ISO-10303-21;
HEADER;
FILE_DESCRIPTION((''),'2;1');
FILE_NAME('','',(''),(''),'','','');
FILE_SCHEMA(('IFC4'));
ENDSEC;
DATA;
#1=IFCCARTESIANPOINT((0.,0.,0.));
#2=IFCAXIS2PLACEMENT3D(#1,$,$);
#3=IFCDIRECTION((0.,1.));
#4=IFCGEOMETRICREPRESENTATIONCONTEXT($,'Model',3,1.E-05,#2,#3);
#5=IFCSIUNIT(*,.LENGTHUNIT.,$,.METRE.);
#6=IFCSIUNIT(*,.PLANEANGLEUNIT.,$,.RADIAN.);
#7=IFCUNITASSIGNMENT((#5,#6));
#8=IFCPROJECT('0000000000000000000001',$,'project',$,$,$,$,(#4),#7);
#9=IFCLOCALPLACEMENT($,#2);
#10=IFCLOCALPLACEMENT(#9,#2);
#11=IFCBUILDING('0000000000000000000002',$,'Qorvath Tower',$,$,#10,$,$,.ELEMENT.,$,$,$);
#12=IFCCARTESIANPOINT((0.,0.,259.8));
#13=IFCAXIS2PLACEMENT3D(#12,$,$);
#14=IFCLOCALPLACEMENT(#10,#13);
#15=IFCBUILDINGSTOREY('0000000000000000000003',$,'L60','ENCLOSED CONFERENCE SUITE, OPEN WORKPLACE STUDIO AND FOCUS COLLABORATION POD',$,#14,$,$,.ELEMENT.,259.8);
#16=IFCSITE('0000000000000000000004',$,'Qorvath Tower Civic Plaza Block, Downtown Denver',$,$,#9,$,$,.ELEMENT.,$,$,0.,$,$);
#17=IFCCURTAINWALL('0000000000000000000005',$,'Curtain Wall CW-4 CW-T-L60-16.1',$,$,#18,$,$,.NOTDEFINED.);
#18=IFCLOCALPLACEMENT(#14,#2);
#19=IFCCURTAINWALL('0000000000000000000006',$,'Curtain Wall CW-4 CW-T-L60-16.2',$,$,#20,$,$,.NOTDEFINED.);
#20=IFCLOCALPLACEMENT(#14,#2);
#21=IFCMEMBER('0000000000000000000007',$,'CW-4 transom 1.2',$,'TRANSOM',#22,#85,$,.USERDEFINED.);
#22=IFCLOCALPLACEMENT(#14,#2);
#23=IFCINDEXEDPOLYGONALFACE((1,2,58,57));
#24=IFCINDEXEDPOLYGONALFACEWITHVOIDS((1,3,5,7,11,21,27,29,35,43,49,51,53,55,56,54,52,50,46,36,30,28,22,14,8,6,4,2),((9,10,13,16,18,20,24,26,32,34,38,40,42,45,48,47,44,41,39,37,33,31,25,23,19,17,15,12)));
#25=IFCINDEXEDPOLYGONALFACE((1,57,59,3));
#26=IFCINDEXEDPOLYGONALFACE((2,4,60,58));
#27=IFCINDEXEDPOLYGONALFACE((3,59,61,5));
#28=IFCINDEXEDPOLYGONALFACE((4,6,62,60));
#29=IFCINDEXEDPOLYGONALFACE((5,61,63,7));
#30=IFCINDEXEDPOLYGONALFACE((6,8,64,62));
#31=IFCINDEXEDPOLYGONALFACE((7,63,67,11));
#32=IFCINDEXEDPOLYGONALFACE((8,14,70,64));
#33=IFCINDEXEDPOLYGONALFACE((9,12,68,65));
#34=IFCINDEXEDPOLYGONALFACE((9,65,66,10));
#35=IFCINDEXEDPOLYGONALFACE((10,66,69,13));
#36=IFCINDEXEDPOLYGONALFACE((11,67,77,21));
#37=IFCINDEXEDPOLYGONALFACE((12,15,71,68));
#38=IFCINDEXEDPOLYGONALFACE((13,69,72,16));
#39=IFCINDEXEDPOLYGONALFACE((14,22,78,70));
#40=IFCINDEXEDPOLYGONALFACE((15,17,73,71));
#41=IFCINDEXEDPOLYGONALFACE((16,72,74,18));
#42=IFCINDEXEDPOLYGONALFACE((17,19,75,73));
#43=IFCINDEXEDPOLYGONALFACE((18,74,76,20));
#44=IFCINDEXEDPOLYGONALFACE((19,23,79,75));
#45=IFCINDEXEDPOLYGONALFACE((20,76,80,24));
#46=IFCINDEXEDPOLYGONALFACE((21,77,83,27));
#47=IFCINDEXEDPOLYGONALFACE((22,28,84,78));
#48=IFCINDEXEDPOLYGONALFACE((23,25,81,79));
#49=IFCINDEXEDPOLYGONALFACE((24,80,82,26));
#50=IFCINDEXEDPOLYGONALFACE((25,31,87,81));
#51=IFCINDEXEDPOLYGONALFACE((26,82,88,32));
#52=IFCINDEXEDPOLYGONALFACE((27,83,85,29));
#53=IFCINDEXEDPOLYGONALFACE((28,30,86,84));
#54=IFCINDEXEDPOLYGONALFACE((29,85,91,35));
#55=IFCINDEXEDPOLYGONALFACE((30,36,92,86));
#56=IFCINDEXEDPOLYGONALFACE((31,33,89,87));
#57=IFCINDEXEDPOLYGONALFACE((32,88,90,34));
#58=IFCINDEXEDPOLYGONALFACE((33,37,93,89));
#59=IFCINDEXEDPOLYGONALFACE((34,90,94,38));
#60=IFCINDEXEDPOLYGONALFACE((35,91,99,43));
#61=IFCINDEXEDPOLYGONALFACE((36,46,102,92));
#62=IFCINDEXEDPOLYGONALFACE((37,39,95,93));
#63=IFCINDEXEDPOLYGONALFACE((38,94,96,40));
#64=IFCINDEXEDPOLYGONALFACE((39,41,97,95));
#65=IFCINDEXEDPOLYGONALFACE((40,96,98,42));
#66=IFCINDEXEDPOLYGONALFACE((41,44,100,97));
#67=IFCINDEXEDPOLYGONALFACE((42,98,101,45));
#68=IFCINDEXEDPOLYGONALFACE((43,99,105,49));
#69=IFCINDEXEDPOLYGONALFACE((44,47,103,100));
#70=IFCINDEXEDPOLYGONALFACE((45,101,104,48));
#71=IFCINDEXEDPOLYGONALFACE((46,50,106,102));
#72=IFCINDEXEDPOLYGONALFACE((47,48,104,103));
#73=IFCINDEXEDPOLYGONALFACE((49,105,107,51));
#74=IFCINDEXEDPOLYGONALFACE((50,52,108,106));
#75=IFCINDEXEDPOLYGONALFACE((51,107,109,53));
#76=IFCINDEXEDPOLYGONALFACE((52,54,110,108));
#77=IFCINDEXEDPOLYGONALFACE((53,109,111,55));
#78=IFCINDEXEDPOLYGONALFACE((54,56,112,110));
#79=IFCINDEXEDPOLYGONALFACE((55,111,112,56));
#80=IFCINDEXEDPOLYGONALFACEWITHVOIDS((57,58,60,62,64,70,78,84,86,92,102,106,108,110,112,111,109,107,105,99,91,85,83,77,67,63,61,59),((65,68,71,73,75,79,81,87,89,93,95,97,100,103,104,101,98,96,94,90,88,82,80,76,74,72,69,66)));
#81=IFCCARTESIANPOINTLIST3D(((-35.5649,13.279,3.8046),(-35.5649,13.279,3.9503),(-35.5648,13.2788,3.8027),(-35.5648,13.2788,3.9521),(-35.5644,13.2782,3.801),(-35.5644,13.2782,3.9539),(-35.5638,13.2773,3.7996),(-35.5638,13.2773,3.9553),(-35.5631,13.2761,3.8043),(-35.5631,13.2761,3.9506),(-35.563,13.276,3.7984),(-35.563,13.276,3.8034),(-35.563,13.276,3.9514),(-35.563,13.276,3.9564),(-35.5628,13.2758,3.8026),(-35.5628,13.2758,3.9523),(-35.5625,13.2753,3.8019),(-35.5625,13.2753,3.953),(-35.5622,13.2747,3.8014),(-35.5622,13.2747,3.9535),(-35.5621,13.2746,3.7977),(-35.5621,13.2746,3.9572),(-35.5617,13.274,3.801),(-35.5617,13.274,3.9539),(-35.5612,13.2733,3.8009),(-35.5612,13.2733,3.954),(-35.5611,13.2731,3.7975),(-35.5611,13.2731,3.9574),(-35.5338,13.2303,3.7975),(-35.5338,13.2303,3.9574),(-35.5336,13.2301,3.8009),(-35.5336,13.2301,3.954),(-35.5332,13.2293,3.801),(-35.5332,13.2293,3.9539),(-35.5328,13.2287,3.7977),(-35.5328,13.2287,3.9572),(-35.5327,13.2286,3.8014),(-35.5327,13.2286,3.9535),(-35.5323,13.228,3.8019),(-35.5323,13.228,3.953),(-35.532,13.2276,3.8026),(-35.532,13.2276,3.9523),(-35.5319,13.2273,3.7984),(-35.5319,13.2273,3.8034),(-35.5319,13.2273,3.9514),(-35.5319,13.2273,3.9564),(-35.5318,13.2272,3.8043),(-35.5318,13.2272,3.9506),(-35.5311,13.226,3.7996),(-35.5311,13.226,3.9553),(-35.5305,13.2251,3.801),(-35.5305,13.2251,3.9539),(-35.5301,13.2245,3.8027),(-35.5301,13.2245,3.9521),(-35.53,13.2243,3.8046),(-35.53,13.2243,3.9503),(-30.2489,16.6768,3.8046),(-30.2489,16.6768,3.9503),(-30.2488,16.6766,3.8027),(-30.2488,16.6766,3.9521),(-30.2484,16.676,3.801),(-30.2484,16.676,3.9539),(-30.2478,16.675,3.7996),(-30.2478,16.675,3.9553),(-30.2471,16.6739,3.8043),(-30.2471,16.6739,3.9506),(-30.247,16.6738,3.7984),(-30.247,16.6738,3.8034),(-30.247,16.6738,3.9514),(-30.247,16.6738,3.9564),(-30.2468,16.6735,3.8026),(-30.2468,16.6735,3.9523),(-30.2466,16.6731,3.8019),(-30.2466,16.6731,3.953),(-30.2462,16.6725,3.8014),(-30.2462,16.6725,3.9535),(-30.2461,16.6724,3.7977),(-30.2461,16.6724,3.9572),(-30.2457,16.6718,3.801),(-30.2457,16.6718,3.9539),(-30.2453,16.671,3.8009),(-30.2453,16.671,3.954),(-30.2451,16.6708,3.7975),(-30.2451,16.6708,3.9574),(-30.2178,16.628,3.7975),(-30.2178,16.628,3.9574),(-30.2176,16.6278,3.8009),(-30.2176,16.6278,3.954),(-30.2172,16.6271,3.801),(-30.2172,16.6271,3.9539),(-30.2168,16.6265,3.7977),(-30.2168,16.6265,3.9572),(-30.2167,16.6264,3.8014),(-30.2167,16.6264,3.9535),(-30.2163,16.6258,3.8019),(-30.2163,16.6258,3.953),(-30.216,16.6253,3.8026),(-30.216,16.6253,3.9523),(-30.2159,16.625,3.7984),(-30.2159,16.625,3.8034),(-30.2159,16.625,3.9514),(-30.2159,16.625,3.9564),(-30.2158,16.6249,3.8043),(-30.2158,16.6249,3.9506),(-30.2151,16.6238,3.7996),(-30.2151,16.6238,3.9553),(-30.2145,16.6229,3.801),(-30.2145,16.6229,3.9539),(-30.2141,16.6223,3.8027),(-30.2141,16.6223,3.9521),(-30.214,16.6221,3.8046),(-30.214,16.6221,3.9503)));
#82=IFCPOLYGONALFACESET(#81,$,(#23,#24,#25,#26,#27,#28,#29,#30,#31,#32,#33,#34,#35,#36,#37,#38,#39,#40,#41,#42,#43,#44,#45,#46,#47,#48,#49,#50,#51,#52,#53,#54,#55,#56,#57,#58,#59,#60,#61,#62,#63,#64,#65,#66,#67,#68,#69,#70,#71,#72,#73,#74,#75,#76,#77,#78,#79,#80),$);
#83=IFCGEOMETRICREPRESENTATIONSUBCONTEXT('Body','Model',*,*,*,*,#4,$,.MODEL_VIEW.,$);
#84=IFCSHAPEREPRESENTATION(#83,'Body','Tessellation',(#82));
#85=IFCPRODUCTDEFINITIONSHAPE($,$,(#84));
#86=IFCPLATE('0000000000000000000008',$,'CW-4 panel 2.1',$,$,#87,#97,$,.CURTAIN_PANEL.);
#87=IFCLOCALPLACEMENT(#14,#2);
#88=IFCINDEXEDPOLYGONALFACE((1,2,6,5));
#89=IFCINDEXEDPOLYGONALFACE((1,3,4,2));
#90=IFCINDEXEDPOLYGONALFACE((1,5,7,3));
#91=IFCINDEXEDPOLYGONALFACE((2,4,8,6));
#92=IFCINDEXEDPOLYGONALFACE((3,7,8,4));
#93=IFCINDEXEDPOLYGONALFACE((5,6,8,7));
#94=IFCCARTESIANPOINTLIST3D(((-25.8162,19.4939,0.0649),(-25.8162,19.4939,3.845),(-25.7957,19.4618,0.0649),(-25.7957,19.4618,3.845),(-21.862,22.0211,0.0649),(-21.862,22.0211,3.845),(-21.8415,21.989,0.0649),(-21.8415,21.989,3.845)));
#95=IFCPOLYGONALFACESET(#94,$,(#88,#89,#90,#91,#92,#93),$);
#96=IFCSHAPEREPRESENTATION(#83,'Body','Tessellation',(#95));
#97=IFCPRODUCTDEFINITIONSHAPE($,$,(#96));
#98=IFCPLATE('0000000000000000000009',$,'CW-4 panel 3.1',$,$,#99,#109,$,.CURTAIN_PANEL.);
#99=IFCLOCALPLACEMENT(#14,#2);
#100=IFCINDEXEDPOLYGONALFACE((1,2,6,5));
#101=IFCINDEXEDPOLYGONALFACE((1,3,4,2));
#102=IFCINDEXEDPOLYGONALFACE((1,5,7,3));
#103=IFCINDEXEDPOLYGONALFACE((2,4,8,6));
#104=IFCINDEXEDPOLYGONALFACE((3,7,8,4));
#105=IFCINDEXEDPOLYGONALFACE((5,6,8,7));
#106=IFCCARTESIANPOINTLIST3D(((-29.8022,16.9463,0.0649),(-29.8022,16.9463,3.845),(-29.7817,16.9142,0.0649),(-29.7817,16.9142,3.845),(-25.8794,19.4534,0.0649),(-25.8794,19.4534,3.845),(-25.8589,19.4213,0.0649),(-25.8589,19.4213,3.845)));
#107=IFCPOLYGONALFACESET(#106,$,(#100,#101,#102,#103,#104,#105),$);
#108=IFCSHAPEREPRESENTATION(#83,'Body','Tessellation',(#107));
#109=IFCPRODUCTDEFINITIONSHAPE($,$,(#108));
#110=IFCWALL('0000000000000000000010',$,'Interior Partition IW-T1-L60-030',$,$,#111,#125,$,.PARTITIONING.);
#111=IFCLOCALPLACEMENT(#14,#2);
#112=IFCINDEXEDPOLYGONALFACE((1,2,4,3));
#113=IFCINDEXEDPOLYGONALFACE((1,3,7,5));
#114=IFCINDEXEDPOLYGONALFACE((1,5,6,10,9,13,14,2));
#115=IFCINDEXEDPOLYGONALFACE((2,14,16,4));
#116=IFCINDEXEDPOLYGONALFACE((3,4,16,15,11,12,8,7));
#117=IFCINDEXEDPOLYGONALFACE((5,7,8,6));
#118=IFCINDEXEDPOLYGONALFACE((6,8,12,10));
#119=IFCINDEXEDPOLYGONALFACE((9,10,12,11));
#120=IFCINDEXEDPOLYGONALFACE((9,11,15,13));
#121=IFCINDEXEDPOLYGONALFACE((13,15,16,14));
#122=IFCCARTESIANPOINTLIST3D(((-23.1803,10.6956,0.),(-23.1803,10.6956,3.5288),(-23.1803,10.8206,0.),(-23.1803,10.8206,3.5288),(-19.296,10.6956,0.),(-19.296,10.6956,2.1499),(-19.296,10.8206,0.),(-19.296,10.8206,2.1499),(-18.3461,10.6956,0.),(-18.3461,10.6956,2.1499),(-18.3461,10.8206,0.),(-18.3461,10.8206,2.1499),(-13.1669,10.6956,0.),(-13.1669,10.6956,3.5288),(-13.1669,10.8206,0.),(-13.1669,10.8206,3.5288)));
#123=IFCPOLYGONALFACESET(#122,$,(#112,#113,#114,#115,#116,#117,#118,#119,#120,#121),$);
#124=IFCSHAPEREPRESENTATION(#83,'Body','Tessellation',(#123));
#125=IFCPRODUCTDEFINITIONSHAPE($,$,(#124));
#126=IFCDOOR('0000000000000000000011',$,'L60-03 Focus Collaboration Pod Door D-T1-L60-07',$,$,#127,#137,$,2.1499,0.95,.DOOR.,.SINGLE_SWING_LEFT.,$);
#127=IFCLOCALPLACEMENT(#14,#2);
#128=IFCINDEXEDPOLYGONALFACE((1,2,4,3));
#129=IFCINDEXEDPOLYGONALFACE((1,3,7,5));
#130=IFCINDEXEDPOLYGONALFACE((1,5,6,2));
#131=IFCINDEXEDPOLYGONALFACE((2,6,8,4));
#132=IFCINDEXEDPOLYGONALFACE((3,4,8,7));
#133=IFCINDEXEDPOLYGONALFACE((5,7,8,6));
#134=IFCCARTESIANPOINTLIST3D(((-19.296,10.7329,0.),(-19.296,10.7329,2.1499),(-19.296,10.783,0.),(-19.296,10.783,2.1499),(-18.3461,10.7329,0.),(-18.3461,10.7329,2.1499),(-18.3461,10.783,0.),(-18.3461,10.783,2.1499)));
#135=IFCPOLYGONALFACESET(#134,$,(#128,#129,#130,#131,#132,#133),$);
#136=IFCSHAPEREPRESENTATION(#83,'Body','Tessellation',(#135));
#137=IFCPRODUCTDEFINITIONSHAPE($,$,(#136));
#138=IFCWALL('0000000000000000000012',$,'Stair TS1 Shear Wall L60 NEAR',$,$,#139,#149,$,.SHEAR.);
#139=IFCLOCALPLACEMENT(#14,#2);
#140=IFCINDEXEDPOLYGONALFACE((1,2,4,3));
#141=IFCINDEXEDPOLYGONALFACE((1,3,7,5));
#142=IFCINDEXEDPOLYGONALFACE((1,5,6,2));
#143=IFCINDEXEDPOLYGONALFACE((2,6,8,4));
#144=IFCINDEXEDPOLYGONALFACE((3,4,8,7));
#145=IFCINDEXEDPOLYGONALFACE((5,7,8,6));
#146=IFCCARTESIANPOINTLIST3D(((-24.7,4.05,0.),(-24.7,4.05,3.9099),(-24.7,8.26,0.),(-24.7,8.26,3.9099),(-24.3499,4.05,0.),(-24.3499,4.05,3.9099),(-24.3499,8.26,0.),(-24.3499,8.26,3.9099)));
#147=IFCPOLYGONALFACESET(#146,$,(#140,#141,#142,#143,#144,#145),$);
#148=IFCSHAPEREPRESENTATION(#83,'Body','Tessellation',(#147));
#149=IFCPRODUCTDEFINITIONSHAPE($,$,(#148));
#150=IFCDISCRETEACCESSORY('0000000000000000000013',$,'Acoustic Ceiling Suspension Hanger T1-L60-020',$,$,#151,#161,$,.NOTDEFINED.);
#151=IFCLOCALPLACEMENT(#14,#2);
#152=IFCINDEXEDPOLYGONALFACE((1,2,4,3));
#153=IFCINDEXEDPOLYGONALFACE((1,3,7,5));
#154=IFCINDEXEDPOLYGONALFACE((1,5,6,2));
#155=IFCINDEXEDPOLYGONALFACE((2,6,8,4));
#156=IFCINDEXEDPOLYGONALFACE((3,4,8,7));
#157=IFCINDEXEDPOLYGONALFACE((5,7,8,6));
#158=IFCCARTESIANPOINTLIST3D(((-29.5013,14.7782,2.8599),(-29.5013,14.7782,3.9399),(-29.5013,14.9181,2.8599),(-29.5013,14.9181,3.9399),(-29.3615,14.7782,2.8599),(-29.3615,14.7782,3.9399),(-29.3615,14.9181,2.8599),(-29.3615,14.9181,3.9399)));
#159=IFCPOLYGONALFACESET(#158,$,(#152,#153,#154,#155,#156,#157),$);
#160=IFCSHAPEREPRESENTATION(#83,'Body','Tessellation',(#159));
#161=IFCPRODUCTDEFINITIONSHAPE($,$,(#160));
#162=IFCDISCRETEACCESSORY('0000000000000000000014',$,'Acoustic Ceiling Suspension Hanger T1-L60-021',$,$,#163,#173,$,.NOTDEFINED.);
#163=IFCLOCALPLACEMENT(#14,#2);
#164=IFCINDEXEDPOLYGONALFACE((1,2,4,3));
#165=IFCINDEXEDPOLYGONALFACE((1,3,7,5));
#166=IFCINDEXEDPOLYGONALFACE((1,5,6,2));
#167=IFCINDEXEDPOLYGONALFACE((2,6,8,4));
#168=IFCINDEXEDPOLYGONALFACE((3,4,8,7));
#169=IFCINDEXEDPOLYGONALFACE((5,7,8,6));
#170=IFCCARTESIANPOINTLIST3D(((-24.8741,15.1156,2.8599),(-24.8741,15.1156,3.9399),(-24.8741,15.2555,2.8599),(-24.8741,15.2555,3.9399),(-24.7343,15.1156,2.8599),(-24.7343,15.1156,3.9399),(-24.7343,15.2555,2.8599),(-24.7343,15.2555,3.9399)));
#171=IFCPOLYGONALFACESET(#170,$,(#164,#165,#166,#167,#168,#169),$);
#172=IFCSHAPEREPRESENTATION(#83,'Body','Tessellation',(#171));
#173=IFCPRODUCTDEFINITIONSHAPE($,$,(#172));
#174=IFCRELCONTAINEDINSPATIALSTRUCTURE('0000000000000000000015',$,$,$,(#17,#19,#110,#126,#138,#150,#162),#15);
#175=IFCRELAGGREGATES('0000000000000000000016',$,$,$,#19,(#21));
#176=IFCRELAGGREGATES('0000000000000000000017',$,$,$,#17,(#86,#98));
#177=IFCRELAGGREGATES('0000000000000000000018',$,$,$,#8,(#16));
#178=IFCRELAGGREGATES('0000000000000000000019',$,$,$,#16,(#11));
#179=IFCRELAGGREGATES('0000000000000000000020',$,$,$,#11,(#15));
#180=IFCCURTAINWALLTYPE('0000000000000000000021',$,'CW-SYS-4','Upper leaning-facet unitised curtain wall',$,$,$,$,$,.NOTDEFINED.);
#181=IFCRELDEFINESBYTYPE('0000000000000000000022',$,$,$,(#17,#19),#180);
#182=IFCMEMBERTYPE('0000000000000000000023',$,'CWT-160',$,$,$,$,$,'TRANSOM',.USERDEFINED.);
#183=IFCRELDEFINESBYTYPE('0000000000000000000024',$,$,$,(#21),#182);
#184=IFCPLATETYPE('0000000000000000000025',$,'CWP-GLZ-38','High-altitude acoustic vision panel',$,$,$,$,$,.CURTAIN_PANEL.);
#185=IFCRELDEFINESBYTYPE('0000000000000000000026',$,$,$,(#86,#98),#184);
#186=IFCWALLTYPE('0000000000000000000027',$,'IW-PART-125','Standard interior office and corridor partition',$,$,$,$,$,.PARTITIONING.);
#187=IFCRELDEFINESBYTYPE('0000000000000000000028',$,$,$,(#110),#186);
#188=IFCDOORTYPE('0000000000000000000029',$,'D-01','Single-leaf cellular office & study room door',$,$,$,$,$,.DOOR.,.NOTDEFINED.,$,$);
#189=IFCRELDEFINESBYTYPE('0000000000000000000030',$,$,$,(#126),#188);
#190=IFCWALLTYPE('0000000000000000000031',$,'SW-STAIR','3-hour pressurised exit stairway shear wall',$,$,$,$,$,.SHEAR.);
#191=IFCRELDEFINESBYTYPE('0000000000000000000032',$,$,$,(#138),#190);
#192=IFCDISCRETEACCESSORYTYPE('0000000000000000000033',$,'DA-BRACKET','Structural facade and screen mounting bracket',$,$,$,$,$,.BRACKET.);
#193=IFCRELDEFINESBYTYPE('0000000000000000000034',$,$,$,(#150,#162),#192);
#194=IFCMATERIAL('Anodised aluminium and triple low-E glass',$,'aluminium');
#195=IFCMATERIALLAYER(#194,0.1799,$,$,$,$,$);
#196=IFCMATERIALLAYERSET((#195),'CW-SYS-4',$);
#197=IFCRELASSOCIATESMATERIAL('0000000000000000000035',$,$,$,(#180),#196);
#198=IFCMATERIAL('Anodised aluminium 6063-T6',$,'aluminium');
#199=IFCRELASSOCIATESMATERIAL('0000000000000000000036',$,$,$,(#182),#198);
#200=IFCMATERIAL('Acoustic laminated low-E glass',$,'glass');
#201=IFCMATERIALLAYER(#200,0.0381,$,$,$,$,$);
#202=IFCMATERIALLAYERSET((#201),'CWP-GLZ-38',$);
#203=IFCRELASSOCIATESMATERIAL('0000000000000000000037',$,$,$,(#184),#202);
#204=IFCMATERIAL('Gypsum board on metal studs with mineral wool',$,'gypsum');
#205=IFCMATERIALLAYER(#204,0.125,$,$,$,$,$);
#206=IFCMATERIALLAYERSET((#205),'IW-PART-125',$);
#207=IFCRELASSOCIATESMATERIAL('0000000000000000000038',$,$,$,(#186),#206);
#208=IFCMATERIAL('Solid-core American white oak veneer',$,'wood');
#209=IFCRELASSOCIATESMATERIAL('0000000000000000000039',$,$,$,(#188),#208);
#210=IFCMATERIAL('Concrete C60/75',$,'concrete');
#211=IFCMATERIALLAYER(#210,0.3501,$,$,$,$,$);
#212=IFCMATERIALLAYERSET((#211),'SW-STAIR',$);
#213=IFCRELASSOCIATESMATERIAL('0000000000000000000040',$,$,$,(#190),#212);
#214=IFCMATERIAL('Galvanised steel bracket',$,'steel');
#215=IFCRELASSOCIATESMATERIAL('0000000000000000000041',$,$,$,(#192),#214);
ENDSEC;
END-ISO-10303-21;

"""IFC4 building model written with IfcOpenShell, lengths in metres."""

from ifc_helpers import new_model, si_unit, direction, frame, frame_2d, origin, origin_2d, place, context, subcontext, project, spatial, rectangle, hollow_rectangle, extrude, material, layer, layer_set, material_profile, profile_set, type_object, element, fill, aggregate, save


model = new_model("IFC4")

# Units and contexts
model_context = context("Model", 3, precision=1e-05, world=origin(), true_north=direction((0.0, 1.0)))
body_context = subcontext(model_context, "Body", "Model", "MODEL_VIEW")
ifc_project = project(units=[si_unit("LENGTHUNIT", "METRE"), si_unit("PLANEANGLEUNIT", "RADIAN")], contexts=[model_context])

# Site, building, storey
site_placement = place(None, origin())
site = spatial("IfcSite", under=ifc_project, at=site_placement, Name="Qorvath Tower Civic Plaza Block, Downtown Denver", CompositionType="ELEMENT", RefElevation=0.0)
building_placement = place(site_placement, origin())
building = spatial("IfcBuilding", under=site, at=building_placement, Name="Qorvath Tower", CompositionType="ELEMENT")
storey_placement = place(building_placement, frame((0.0, 0.0, 259.8)))
storey = spatial("IfcBuildingStorey", under=building, at=storey_placement, Name="L60", Description="ENCLOSED CONFERENCE SUITE, OPEN WORKPLACE STUDIO AND FOCUS COLLABORATION POD", CompositionType="ELEMENT", Elevation=259.8)

# Curtain wall
ifc_material_1 = material(Name="Anodised aluminium and triple low-E glass", Category="aluminium")
ifc_layer_1 = layer(ifc_material_1, 0.1799)
ifc_layer_set_1 = layer_set([ifc_layer_1], Name="CW-SYS-4")
curtain_wall_type = type_object("IfcCurtainWallType", Name="CW-SYS-4", Description="Upper leaning-facet unitised curtain wall", PredefinedType="NOTDEFINED", material=ifc_layer_set_1)
curtain_wall_1_placement = place(storey_placement, origin())
curtain_wall_1 = element("IfcCurtainWall", 1, at=curtain_wall_1_placement, inside=storey, type_object=curtain_wall_type, Name="Curtain Wall CW-4 CW-T-L60-16.1", PredefinedType="NOTDEFINED")

# Curtain wall
curtain_wall_2_placement = place(storey_placement, origin())
curtain_wall_2 = element("IfcCurtainWall", 2, at=curtain_wall_2_placement, inside=storey, type_object=curtain_wall_type, Name="Curtain Wall CW-4 CW-T-L60-16.2", PredefinedType="NOTDEFINED")

# Member
ifc_material_2 = material(Name="Anodised aluminium 6063-T6", Category="aluminium")
ifc_material_profile_1 = material_profile(ifc_material_2, hollow_rectangle(XDim=0.0649, YDim=0.1599, WallThickness=0.0034, InnerFilletRadius=0.0034, OuterFilletRadius=0.0071, at=origin_2d()), Name="CWT 160x65")
ifc_profile_set_1 = profile_set([ifc_material_profile_1], Name="Anodised aluminium 6063-T6")
member_type_1 = type_object("IfcMemberType", Name="CWT-160", ElementType="TRANSOM", PredefinedType="USERDEFINED", material=ifc_profile_set_1)
member_1_placement = place(storey_placement, frame((-30.2314, 16.6494, 3.8774), z_axis=(-0.842594, -0.53855, 0.0), x_axis=(0.53855, -0.842594, 0.0)))
member_1 = element("IfcMember", 3, at=member_1_placement, type_object=member_type_1, Name="CW-4 transom 1.2", ObjectType="TRANSOM", PredefinedType="USERDEFINED", context=body_context, shape_type="SweptSolid", body=[
    extrude(hollow_rectangle(XDim=0.0649, YDim=0.1599, WallThickness=0.0034, InnerFilletRadius=0.0034, OuterFilletRadius=0.0071, at=origin_2d()), origin(), (0.0, 0.0, 1.0), 6.3091),
])
aggregate(curtain_wall_2, [member_1])

# Plates
ifc_material_3 = material(Name="Acoustic laminated low-E glass", Category="glass")
ifc_layer_2 = layer(ifc_material_3, 0.0381)
ifc_layer_set_2 = layer_set([ifc_layer_2], Name="CWP-GLZ-38")
plate_type = type_object("IfcPlateType", Name="CWP-GLZ-38", Description="High-altitude acoustic vision panel", PredefinedType="CURTAIN_PANEL", material=ifc_layer_set_2)
plate_1_placement = place(storey_placement, frame((-23.8289, 20.7415, 0.0649), z_axis=(0.0, 0.0, 1.0), x_axis=(-0.842611, -0.538523, 0.0)))
plate_1 = element("IfcPlate", 4, at=plate_1_placement, type_object=plate_type, Name="CW-4 panel 2.1", PredefinedType="CURTAIN_PANEL", context=body_context, shape_type="SweptSolid", body=[
    extrude(rectangle(XDim=4.6929, YDim=0.0381, at=origin_2d()), origin(), (0.0, 0.0, 1.0), 3.78),
])
plate_2_placement = place(storey_placement, frame((-27.8306, 18.1838, 0.0649), z_axis=(0.0, 0.0, 1.0), x_axis=(-0.842611, -0.538523, 0.0)))
plate_2 = element("IfcPlate", 5, at=plate_2_placement, type_object=plate_type, Name="CW-4 panel 3.1", PredefinedType="CURTAIN_PANEL", context=body_context, shape_type="SweptSolid", body=[
    extrude(rectangle(XDim=4.6555, YDim=0.0381, at=origin_2d()), origin(), (0.0, 0.0, 1.0), 3.78),
])
aggregate(curtain_wall_1, [plate_1, plate_2])

# Wall, opening, door
ifc_material_4 = material(Name="Gypsum board on metal studs with mineral wool", Category="gypsum")
ifc_layer_3 = layer(ifc_material_4, 0.125)
ifc_layer_set_3 = layer_set([ifc_layer_3], Name="IW-PART-125")
wall_type_1 = type_object("IfcWallType", Name="IW-PART-125", Description="Standard interior office and corridor partition", PredefinedType="PARTITIONING", material=ifc_layer_set_3)
wall_1_placement = place(storey_placement, frame((-23.1804, 10.7581, 0.0), z_axis=(0.0, 0.0, 1.0), x_axis=(1.0, 0.0, 0.0)))
wall_1 = element("IfcWall", 6, at=wall_1_placement, inside=storey, type_object=wall_type_1, Name="Interior Partition IW-T1-L60-030", PredefinedType="PARTITIONING", context=body_context, shape_type="SweptSolid", body=[
    extrude(rectangle(XDim=10.0134, YDim=0.125, at=frame_2d((5.0068, 0.0))), origin(), (0.0, 0.0, 1.0), 3.5288),
])
opening_1_placement = place(wall_1_placement, frame((3.8843, 0.0, 0.0)))
opening_1 = element("IfcOpeningElement", 7, at=opening_1_placement, cuts=wall_1, PredefinedType="OPENING", context=body_context, shape_type="SweptSolid", body=[
    extrude(rectangle(XDim=0.95, YDim=2.1499, at=frame_2d((0.4751, 1.075))), frame((0.0, 0.0725, 0.0), z_axis=(0.0, -1.0, 0.0), x_axis=(1.0, 0.0, 0.0)), (0.0, 0.0, 1.0), 0.145),
])
ifc_material_5 = material(Name="Solid-core American white oak veneer", Category="wood")
door_type_1 = type_object("IfcDoorType", Name="D-01", Description="Single-leaf cellular office & study room door", OperationType="NOTDEFINED", PredefinedType="DOOR", material=ifc_material_5)
door_1_placement = place(opening_1_placement, origin())
door_1 = element("IfcDoor", 8, at=door_1_placement, inside=storey, type_object=door_type_1, Name="L60-03 Focus Collaboration Pod Door D-T1-L60-07", OperationType="SINGLE_SWING_LEFT", OverallHeight=2.1499, OverallWidth=0.95, PredefinedType="DOOR", context=body_context, shape_type="SweptSolid", body=[
    extrude(rectangle(XDim=0.95, YDim=2.1499, at=frame_2d((0.4751, 1.075))), frame((0.0, 0.0249, 0.0), z_axis=(0.0, -1.0, 0.0), x_axis=(1.0, 0.0, 0.0)), (0.0, 0.0, 1.0), 0.05),
])
fill(opening_1, door_1)

# Wall
ifc_material_6 = material(Name="Concrete C60/75", Category="concrete")
ifc_layer_4 = layer(ifc_material_6, 0.3501)
ifc_layer_set_4 = layer_set([ifc_layer_4], Name="SW-STAIR")
wall_type_2 = type_object("IfcWallType", Name="SW-STAIR", Description="3-hour pressurised exit stairway shear wall", PredefinedType="SHEAR", material=ifc_layer_set_4)
wall_2_placement = place(storey_placement, frame((-24.5249, 8.26, 0.0), z_axis=(0.0, 0.0, 1.0), x_axis=(0.0, -1.0, 0.0)))
element("IfcWall", 9, at=wall_2_placement, inside=storey, type_object=wall_type_2, Name="Stair TS1 Shear Wall L60 NEAR", PredefinedType="SHEAR", context=body_context, shape_type="SweptSolid", body=[
    extrude(rectangle(XDim=4.21, YDim=0.3501, at=frame_2d((2.105, 0.0))), origin(), (0.0, 0.0, 1.0), 3.9099),
])

# Discrete accessories
ifc_material_7 = material(Name="Galvanised steel bracket", Category="steel")
discrete_accessory_type = type_object("IfcDiscreteAccessoryType", Name="DA-BRACKET", Description="Structural facade and screen mounting bracket", PredefinedType="BRACKET", material=ifc_material_7)
for number, where, z_axis, x_axis, name in (
    (10, (-29.4314, 14.8481, 2.8599), (0.0, 0.0, 1.0), (1.0, 0.0, 0.0), "Acoustic Ceiling Suspension Hanger T1-L60-020"),
    (11, (-24.8042, 15.1855, 2.8599), (0.0, 0.0, 1.0), (1.0, 0.0, 0.0), "Acoustic Ceiling Suspension Hanger T1-L60-021"),
):
    element("IfcDiscreteAccessory", number, at=place(storey_placement, frame(where, z_axis=z_axis, x_axis=x_axis)), inside=storey, type_object=discrete_accessory_type, Name=name, PredefinedType="NOTDEFINED", context=body_context, shape_type="SweptSolid", body=[
        extrude(rectangle(XDim=0.1399, YDim=0.1399, at=origin_2d()), origin(), (0.0, 0.0, 1.0), 1.0801),
    ])

save(model, "model.ifc")
